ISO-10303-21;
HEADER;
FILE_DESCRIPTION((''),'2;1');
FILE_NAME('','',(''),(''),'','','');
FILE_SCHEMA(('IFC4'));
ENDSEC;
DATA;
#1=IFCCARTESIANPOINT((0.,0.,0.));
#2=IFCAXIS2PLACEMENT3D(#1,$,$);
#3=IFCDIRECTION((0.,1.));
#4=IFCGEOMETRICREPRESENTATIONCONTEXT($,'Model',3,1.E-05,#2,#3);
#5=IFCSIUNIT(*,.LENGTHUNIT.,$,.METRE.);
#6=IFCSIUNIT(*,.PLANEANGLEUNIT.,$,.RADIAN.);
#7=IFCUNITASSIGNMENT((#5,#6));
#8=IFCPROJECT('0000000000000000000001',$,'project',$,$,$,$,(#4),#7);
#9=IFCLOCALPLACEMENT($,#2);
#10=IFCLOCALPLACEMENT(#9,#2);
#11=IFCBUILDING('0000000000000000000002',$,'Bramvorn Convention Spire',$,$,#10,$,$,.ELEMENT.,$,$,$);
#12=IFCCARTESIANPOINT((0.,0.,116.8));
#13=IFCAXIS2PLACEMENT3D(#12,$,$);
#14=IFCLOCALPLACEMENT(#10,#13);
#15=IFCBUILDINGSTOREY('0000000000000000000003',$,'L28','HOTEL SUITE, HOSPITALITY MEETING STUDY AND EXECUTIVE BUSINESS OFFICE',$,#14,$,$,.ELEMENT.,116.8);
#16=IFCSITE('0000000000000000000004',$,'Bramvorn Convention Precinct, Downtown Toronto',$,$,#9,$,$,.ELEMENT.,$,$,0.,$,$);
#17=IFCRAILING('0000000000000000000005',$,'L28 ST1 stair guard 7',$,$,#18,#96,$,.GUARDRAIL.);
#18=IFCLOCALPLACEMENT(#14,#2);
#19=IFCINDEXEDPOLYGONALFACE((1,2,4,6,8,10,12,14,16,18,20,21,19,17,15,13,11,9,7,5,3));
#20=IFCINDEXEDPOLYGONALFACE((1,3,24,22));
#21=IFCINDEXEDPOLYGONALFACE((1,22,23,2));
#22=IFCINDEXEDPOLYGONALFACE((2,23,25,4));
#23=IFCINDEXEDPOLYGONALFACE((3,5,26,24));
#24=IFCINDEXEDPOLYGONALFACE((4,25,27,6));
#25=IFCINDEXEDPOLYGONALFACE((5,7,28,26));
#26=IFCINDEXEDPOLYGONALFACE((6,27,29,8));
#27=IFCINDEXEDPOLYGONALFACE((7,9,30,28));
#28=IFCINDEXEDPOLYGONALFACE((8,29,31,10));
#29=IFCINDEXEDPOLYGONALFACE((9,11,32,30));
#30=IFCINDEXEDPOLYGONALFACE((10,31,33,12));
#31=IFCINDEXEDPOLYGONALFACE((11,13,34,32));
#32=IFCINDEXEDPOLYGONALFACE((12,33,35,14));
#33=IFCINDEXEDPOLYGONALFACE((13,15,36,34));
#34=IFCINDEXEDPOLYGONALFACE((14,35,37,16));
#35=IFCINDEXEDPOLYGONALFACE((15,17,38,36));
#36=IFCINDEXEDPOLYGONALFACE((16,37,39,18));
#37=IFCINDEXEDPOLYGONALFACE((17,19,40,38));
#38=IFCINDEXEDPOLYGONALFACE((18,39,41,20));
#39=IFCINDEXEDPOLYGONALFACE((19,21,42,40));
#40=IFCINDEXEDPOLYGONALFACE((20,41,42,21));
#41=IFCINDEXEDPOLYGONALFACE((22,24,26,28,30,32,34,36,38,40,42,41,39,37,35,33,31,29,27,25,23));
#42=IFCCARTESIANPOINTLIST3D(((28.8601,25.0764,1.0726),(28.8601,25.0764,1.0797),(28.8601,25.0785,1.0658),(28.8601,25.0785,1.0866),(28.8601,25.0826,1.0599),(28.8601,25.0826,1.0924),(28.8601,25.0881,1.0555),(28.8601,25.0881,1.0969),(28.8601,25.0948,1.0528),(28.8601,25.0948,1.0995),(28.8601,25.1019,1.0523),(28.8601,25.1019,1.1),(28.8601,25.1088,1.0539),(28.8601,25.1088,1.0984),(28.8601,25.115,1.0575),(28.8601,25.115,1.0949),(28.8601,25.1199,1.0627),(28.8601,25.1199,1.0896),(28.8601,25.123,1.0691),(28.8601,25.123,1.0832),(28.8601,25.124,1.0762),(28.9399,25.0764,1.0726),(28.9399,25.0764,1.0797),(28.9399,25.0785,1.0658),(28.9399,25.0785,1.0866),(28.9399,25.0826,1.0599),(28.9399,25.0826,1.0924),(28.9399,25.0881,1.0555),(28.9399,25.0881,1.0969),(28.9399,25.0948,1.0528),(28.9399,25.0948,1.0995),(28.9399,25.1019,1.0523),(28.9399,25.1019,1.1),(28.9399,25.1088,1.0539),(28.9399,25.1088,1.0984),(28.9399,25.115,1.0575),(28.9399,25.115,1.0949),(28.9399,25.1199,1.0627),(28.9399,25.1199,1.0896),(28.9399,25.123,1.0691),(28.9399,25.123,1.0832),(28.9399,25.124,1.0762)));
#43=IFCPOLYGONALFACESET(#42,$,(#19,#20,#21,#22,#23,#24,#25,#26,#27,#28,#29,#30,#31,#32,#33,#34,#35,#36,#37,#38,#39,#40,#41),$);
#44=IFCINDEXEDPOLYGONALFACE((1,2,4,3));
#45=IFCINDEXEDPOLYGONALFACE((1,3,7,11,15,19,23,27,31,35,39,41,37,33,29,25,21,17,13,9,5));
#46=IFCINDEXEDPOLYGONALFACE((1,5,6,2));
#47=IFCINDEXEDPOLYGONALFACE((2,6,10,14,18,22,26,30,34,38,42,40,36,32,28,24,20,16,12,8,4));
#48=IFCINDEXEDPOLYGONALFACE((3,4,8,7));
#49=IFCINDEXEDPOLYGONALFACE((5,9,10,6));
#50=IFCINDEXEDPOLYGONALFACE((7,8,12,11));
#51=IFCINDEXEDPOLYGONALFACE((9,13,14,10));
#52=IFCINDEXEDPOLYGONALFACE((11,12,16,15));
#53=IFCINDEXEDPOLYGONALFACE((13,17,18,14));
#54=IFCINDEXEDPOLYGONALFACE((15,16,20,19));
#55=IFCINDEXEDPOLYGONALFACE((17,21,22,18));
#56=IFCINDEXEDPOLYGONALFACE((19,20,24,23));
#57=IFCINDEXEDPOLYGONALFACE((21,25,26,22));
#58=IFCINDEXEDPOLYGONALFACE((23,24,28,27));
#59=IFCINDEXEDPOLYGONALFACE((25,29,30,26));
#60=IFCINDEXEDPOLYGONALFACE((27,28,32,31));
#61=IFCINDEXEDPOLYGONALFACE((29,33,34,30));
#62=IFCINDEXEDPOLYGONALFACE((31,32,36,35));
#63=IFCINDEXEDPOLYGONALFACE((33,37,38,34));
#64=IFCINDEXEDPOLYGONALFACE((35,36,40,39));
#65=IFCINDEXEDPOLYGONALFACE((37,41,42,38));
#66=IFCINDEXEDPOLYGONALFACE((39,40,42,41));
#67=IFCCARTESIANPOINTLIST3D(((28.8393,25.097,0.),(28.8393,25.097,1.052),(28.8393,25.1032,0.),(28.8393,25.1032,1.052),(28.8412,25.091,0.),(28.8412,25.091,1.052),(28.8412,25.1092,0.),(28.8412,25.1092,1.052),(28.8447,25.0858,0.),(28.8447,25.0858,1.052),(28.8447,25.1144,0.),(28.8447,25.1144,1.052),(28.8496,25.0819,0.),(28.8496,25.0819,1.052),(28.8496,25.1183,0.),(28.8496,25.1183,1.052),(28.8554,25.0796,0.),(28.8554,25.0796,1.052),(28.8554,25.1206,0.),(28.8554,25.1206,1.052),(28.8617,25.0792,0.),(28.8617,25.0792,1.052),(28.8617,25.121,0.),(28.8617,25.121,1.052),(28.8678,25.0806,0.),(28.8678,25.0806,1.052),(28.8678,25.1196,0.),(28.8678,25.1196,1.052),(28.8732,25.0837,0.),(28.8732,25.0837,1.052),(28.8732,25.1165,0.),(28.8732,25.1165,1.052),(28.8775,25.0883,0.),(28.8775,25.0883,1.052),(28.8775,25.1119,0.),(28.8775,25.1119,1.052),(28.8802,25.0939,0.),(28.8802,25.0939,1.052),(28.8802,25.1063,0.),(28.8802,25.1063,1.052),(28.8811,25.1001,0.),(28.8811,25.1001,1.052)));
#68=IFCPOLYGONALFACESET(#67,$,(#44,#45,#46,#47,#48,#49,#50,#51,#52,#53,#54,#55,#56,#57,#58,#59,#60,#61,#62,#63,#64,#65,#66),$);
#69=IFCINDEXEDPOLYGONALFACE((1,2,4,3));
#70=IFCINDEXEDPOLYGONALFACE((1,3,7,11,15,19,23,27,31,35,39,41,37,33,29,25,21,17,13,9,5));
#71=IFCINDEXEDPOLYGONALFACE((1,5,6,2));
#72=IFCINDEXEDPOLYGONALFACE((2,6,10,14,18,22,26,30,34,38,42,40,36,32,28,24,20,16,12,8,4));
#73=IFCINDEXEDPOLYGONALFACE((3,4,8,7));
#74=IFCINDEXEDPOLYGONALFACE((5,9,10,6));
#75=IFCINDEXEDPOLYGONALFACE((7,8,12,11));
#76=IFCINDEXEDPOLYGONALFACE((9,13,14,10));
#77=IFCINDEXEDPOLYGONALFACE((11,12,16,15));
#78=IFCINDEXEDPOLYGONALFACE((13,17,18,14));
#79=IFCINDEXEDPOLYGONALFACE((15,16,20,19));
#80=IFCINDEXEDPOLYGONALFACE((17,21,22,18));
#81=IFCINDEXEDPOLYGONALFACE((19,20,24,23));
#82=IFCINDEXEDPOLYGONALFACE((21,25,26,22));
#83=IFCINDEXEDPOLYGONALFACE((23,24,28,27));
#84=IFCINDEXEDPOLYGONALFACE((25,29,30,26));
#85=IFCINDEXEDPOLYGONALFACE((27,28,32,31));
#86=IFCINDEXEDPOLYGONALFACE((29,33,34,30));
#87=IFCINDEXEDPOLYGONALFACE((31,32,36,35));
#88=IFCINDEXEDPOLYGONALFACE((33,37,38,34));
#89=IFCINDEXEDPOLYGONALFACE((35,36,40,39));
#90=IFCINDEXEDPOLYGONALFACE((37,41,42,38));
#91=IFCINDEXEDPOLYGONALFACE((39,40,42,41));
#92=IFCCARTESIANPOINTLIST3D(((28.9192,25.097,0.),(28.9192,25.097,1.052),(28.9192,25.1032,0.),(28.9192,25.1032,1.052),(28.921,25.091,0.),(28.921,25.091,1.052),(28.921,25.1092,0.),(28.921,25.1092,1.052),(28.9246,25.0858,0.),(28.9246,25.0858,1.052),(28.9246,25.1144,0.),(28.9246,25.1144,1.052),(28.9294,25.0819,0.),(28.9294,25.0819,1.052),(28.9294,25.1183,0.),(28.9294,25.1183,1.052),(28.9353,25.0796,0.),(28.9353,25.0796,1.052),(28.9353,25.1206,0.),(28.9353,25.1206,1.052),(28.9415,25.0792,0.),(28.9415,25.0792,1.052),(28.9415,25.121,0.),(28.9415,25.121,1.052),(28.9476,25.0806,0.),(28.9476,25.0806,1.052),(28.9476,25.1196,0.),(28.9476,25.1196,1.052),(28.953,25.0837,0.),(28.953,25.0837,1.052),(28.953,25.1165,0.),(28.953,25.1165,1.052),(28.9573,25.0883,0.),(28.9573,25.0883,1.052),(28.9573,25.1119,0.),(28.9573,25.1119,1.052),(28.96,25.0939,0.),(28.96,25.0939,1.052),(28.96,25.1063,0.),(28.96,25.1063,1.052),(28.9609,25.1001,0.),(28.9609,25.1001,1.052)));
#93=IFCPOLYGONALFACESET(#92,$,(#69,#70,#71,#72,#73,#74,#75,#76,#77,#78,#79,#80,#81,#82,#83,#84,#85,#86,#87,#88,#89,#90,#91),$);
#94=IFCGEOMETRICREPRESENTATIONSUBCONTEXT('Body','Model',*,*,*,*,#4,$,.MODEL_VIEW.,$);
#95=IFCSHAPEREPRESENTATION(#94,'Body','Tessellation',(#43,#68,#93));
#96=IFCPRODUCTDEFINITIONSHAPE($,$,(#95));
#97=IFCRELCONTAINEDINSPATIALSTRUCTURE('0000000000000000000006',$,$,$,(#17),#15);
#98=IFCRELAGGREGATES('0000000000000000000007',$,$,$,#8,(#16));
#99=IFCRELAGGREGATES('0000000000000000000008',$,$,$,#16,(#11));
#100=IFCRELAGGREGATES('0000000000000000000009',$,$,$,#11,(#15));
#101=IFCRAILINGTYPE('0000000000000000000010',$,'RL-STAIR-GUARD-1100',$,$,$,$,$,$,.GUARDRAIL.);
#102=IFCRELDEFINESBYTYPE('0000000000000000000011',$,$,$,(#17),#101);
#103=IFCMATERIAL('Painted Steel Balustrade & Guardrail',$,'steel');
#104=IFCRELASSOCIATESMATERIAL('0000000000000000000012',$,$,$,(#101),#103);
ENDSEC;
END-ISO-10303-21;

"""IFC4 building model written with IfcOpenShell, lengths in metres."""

from ifc_helpers import new_model, si_unit, direction, frame, origin, origin_2d, place, context, subcontext, project, spatial, circle, extrude, material, type_object, element, save


model = new_model("IFC4")

# Units and contexts
model_context = context("Model", 3, precision=1e-05, world=origin(), true_north=direction((0.0, 1.0)))
body_context = subcontext(model_context, "Body", "Model", "MODEL_VIEW")
ifc_project = project(units=[si_unit("LENGTHUNIT", "METRE"), si_unit("PLANEANGLEUNIT", "RADIAN")], contexts=[model_context])

# Site, building, storey
site_placement = place(None, origin())
site = spatial("IfcSite", under=ifc_project, at=site_placement, Name="Bramvorn Convention Precinct, Downtown Toronto", CompositionType="ELEMENT", RefElevation=0.0)
building_placement = place(site_placement, origin())
building = spatial("IfcBuilding", under=site, at=building_placement, Name="Bramvorn Convention Spire", CompositionType="ELEMENT")
storey_placement = place(building_placement, frame((0.0, 0.0, 116.8)))
storey = spatial("IfcBuildingStorey", under=building, at=storey_placement, Name="L28", Description="HOTEL SUITE, HOSPITALITY MEETING STUDY AND EXECUTIVE BUSINESS OFFICE", CompositionType="ELEMENT", Elevation=116.8)

# Railing
ifc_material_1 = material(Name="Painted Steel Balustrade & Guardrail", Category="steel")
railing_type_1 = type_object("IfcRailingType", Name="RL-STAIR-GUARD-1100", PredefinedType="GUARDRAIL", material=ifc_material_1)
railing_1_placement = place(storey_placement, frame((28.8601, 25.1001, 0.0)))
element("IfcRailing", 1, at=railing_1_placement, inside=storey, type_object=railing_type_1, Name="L28 ST1 stair guard 7", PredefinedType="GUARDRAIL", context=body_context, shape_type="SweptSolid", body=[
    extrude(circle(Radius=0.0239, at=origin_2d()), frame((0.0, 0.0, 1.0762), z_axis=(1.0, 0.0, 0.0), x_axis=(0.0, 1.0, 0.0)), (0.0, 0.0, 1.0), 0.0798),
    extrude(circle(Radius=0.021, at=origin_2d()), origin(), (0.0, 0.0, 1.0), 1.052),
    extrude(circle(Radius=0.021, at=origin_2d()), frame((0.0798, 0.0, 0.0)), (0.0, 0.0, 1.0), 1.052),
])

save(model, "model.ifc")
